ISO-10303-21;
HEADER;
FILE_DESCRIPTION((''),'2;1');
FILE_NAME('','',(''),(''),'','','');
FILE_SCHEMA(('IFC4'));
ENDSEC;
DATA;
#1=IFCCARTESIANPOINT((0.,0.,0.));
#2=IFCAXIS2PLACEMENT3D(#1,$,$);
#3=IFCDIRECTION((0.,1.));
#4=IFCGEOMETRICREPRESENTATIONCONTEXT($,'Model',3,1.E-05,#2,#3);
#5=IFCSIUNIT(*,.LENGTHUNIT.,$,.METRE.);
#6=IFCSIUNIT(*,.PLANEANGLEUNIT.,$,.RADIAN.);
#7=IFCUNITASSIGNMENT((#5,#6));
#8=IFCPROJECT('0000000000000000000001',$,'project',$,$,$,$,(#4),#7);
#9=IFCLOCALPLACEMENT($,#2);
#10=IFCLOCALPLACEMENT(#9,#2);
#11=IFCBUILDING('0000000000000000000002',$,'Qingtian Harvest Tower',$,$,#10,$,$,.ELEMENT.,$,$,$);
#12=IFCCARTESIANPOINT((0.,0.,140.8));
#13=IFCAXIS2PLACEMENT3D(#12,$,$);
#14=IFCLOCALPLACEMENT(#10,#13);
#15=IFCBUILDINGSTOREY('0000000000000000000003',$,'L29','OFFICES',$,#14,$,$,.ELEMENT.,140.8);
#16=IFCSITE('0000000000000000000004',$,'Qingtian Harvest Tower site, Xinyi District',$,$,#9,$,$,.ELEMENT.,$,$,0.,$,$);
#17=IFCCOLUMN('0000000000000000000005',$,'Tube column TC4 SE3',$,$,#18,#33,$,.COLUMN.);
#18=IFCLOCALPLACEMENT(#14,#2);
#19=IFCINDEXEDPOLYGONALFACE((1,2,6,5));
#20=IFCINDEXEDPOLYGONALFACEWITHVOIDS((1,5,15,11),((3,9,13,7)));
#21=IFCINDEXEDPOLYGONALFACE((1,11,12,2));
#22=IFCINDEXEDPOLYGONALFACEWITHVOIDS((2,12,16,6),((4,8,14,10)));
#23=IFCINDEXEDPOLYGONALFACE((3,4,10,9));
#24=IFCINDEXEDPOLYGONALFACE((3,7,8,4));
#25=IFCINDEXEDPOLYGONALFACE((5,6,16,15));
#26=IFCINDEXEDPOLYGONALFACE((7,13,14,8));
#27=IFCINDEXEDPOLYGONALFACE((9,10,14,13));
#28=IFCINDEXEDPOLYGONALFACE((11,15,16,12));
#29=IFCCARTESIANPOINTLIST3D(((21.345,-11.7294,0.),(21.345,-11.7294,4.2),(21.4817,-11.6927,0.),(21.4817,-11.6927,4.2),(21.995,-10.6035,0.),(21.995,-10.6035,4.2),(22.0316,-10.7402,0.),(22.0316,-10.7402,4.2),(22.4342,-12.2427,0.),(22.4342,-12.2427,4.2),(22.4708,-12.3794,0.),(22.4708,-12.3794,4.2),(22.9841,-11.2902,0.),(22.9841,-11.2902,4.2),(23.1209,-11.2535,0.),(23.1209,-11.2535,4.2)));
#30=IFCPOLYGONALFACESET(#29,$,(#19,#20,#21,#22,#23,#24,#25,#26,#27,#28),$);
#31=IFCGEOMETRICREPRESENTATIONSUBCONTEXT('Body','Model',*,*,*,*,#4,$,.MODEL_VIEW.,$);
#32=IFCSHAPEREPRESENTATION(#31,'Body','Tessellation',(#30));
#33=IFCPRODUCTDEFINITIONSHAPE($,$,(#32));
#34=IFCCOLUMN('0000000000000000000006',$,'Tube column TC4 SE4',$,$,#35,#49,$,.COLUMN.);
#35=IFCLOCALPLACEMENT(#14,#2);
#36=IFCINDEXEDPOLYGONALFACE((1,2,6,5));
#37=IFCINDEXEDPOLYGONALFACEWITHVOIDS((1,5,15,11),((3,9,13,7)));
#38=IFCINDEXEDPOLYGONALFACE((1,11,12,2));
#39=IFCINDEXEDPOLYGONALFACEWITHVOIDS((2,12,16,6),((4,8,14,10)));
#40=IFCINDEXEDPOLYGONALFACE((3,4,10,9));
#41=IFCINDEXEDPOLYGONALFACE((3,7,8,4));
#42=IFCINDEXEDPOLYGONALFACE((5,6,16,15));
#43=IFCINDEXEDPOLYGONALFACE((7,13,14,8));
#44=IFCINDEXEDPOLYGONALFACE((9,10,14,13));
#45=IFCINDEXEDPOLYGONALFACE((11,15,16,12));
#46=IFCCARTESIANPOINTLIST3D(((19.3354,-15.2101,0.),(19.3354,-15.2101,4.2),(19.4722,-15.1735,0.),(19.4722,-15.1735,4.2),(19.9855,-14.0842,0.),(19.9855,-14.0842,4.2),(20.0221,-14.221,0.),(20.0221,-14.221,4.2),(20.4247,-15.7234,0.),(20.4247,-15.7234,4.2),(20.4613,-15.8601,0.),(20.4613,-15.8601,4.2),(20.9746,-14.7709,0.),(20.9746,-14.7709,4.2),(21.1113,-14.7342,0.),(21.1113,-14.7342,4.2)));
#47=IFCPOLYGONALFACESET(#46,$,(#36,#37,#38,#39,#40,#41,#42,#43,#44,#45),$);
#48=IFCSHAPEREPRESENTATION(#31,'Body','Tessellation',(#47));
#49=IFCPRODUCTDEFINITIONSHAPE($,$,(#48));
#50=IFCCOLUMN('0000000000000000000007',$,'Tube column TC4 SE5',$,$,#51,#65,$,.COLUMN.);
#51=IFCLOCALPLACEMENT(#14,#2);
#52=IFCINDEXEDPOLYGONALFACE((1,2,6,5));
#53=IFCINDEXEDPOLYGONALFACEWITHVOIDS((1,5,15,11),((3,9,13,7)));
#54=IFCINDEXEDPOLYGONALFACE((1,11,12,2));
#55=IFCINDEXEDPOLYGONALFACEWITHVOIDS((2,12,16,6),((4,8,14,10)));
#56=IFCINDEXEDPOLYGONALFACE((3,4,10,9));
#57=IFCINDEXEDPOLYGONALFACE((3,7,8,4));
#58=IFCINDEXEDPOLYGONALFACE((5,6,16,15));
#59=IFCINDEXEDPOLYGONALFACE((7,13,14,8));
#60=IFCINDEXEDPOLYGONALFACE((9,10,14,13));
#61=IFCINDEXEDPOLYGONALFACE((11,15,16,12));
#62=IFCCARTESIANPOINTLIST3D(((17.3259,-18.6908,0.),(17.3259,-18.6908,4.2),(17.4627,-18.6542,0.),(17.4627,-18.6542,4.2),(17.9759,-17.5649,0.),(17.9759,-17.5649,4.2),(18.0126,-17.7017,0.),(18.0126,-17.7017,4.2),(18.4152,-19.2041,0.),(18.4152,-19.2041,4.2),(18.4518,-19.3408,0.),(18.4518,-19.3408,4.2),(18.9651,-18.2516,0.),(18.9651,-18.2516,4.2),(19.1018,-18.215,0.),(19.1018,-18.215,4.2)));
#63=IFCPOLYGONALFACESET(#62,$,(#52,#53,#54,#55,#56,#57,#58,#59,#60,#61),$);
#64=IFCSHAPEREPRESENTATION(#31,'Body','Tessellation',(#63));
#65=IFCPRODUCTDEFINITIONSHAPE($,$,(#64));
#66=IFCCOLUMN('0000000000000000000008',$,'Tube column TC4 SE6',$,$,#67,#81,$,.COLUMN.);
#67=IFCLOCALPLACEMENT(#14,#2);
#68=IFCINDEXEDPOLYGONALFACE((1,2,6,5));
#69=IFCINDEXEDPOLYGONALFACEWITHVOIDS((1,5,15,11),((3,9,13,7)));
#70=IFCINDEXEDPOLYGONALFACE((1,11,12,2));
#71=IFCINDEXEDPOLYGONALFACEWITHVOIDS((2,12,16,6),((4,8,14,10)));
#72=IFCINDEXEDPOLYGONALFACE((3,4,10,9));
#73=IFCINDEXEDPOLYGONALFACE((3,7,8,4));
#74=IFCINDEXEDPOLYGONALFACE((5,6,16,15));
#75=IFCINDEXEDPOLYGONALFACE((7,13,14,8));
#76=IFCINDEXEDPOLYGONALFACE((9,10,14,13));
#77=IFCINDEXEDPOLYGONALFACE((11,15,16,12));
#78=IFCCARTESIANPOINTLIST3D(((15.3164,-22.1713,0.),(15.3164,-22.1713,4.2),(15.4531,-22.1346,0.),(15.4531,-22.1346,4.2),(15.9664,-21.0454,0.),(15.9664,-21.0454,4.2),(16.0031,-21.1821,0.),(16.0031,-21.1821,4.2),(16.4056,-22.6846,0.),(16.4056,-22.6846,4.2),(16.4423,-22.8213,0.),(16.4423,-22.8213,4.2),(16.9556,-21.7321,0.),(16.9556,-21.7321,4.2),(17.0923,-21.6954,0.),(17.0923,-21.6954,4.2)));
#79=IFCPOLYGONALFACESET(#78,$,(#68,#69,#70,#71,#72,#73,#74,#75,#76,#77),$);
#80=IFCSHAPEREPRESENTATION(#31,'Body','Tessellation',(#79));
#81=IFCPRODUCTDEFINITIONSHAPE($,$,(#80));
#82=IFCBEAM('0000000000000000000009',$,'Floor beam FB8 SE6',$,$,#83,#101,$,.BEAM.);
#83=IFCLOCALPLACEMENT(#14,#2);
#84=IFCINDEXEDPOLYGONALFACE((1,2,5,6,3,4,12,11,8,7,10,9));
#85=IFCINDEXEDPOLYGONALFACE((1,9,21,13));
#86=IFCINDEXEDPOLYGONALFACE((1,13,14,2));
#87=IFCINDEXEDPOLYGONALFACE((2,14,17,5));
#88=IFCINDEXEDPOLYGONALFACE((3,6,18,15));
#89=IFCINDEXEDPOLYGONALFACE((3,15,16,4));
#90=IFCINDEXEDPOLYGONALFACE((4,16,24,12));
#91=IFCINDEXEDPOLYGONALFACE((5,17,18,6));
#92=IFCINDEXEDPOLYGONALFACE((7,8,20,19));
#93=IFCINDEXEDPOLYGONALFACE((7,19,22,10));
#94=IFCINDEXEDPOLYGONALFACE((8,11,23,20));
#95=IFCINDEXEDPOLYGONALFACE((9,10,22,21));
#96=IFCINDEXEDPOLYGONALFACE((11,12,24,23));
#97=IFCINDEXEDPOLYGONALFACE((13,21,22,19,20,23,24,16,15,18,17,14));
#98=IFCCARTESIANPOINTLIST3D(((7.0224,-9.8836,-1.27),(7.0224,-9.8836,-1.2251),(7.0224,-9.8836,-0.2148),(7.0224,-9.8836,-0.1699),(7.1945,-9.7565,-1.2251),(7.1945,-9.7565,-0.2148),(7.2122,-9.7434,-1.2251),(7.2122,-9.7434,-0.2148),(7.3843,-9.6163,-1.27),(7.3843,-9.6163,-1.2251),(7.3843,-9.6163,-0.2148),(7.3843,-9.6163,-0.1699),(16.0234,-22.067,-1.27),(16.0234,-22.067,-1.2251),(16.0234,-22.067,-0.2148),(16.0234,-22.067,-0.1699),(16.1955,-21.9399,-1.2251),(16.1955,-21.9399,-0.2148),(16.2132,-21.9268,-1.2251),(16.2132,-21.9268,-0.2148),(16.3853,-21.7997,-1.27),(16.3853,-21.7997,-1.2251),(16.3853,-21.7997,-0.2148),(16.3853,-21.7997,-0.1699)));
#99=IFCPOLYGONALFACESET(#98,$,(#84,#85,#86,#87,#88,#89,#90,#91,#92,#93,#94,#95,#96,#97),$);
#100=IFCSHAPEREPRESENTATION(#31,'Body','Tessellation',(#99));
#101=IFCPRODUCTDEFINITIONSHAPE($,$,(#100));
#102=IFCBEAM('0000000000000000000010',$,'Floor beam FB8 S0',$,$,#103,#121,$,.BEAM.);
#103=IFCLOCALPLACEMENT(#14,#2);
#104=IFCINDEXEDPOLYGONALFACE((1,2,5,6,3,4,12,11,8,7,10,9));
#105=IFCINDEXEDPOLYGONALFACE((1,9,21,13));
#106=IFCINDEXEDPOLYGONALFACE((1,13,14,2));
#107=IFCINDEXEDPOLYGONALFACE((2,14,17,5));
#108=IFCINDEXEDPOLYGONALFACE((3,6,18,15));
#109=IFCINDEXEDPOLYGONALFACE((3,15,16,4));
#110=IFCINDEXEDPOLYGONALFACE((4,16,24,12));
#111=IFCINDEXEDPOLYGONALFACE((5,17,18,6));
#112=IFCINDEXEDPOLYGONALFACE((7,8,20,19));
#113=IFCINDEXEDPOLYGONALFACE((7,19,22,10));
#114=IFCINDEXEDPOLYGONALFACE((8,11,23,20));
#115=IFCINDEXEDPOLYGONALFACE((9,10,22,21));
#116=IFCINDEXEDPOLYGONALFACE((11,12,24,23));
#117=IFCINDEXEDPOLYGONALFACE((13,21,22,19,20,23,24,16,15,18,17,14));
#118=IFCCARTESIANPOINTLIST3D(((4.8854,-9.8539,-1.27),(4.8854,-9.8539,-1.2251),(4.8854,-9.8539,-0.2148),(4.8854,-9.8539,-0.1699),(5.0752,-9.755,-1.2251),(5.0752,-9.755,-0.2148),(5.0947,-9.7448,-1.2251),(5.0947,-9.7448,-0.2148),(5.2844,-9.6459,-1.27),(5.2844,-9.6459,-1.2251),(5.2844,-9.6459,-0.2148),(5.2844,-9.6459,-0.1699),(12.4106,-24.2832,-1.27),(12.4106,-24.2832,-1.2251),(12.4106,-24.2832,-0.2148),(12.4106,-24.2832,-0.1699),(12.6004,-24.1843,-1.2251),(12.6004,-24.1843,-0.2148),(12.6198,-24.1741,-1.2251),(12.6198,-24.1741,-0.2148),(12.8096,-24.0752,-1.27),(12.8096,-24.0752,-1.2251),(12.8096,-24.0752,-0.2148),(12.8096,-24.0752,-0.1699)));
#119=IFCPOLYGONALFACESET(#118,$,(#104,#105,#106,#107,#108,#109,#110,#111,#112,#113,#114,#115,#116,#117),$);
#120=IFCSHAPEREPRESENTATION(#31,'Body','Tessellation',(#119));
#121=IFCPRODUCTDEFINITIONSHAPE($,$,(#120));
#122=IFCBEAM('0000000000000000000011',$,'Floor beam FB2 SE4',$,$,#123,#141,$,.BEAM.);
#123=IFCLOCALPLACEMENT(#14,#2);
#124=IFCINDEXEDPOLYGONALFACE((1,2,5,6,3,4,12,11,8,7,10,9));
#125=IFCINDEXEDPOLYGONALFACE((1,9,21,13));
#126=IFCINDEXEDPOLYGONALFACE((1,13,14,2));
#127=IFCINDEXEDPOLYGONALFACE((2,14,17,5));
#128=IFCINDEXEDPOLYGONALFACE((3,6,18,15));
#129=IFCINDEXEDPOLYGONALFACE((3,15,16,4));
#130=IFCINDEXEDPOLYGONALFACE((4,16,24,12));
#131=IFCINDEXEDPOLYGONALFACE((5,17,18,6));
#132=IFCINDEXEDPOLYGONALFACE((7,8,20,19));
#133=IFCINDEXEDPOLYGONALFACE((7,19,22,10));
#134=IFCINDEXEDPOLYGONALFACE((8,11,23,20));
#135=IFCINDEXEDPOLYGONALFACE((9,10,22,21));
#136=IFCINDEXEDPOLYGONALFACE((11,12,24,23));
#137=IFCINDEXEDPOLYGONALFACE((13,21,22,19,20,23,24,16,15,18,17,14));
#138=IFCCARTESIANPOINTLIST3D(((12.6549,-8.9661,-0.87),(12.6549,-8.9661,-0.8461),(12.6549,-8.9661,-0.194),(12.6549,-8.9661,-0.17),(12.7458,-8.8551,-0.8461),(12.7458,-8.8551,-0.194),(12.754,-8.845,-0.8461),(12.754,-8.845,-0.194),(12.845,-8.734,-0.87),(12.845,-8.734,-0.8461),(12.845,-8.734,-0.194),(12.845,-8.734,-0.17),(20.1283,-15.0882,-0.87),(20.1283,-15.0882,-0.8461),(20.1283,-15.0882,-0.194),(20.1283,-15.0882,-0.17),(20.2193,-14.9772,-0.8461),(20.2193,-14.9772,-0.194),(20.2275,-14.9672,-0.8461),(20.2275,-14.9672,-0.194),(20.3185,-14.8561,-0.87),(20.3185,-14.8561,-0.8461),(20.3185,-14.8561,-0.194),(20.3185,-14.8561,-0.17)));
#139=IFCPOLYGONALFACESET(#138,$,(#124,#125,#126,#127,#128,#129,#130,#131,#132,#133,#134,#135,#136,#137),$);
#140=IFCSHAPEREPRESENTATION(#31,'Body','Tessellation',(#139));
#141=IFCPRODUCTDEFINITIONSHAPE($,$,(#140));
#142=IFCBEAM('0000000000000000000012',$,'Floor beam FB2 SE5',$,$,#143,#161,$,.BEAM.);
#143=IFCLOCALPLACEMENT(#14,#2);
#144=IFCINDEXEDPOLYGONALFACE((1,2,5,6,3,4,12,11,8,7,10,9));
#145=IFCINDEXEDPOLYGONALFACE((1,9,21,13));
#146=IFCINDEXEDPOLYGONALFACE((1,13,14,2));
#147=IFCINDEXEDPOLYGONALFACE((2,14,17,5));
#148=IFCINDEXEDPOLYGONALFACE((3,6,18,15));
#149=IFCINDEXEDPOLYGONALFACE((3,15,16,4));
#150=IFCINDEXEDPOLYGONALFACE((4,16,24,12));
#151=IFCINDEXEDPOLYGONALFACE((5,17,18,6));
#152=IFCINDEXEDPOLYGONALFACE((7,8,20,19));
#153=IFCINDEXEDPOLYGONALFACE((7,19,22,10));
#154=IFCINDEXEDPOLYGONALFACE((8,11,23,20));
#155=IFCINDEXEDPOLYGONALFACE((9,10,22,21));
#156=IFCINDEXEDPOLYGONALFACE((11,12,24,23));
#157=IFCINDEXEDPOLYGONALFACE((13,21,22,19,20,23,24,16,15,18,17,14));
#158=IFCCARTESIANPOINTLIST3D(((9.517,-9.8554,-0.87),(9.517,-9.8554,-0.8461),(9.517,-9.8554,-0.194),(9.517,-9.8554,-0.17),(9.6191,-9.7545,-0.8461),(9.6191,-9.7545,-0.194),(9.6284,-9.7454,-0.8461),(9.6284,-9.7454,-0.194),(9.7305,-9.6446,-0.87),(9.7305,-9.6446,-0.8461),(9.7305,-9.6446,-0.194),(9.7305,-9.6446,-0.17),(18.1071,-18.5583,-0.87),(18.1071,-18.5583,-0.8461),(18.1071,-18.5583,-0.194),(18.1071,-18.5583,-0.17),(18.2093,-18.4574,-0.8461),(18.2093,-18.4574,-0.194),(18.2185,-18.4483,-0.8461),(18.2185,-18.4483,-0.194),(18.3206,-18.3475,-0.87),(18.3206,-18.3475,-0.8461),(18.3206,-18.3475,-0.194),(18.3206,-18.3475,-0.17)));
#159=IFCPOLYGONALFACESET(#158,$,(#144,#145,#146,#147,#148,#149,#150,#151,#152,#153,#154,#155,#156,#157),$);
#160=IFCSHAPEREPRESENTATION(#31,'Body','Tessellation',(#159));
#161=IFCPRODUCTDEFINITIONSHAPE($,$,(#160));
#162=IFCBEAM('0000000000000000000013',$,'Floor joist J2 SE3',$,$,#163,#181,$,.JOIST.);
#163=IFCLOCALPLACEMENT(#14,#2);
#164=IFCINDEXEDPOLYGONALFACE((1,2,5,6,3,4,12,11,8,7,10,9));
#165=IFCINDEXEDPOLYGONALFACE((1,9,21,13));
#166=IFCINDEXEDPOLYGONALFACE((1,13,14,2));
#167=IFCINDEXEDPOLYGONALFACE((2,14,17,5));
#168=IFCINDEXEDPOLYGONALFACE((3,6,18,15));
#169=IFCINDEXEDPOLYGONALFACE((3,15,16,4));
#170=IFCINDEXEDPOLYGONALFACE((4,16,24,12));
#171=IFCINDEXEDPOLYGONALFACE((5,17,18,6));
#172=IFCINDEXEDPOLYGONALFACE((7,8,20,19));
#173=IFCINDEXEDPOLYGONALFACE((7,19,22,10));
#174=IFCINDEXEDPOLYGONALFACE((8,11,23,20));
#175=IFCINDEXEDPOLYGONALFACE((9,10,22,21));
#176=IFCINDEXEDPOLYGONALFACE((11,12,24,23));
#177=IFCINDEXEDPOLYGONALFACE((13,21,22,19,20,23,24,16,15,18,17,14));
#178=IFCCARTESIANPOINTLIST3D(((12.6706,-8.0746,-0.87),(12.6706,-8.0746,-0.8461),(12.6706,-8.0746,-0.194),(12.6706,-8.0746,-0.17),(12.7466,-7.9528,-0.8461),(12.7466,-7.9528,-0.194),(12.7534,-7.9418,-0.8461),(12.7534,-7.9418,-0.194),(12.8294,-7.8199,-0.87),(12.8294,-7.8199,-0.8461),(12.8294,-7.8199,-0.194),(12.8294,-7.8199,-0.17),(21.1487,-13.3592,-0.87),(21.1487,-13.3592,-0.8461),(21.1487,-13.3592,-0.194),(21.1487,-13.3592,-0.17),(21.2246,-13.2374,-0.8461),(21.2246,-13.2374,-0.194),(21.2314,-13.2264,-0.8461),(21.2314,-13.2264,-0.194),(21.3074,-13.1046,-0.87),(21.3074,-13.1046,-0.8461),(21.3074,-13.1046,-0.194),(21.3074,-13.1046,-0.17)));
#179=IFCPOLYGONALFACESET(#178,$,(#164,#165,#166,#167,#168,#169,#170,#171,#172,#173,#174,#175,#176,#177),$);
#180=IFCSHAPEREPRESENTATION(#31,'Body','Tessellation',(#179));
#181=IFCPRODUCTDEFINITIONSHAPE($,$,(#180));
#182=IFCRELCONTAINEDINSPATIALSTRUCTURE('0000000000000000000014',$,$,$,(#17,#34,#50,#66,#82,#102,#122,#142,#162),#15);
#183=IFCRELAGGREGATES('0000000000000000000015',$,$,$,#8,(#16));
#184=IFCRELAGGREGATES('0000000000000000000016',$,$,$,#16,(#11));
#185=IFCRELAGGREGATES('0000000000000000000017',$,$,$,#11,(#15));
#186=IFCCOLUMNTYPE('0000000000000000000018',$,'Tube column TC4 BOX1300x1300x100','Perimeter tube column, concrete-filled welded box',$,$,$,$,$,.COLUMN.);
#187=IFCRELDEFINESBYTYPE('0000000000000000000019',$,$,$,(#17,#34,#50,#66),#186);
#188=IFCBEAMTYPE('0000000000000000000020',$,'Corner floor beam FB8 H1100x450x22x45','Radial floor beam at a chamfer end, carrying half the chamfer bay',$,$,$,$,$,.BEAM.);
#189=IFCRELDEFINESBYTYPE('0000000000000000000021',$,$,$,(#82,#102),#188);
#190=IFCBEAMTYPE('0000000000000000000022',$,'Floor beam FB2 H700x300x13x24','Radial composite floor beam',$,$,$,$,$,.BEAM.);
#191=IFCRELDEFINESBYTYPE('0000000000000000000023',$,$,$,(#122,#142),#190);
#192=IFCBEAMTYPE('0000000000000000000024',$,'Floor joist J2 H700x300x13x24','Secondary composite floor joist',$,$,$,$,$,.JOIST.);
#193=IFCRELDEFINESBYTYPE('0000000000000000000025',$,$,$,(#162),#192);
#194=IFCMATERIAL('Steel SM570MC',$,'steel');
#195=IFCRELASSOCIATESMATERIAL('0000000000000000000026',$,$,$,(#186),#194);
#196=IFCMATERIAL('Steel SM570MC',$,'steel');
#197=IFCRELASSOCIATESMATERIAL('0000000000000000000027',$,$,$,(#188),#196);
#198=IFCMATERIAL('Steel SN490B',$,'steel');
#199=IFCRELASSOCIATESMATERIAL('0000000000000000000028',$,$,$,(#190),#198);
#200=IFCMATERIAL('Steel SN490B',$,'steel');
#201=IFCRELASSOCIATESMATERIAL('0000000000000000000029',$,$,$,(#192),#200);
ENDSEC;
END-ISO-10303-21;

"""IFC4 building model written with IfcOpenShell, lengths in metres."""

from ifc_helpers import new_model, si_unit, direction, frame, origin, origin_2d, place, context, subcontext, project, spatial, hollow_rectangle, i_section, extrude, material, material_profile, profile_set, type_object, element, save


model = new_model("IFC4")

# Units and contexts
model_context = context("Model", 3, precision=1e-05, world=origin(), true_north=direction((0.0, 1.0)))
body_context = subcontext(model_context, "Body", "Model", "MODEL_VIEW")
ifc_project = project(units=[si_unit("LENGTHUNIT", "METRE"), si_unit("PLANEANGLEUNIT", "RADIAN")], contexts=[model_context])

# Site, building, storey
site_placement = place(None, origin())
site = spatial("IfcSite", under=ifc_project, at=site_placement, Name="Qingtian Harvest Tower site, Xinyi District", CompositionType="ELEMENT", RefElevation=0.0)
building_placement = place(site_placement, origin())
building = spatial("IfcBuilding", under=site, at=building_placement, Name="Qingtian Harvest Tower", CompositionType="ELEMENT")
storey_placement = place(building_placement, frame((0.0, 0.0, 140.8)))
storey = spatial("IfcBuildingStorey", under=building, at=storey_placement, Name="L29", Description="OFFICES", CompositionType="ELEMENT", Elevation=140.8)

# Columns
ifc_material_1 = material(Name="Steel SM570MC", Category="steel")
ifc_material_profile_1 = material_profile(ifc_material_1, hollow_rectangle(XDim=1.3, YDim=1.3, WallThickness=0.1001, at=origin_2d()), Name="BOX1300x1300x100")
ifc_profile_set_1 = profile_set([ifc_material_profile_1], Name="Steel SM570MC")
column_type = type_object("IfcColumnType", Name="Tube column TC4 BOX1300x1300x100", Description="Perimeter tube column, concrete-filled welded box", PredefinedType="COLUMN", material=ifc_profile_set_1)
for number, where, z_axis, x_axis, name in (
    (1, (22.2329, -11.4915, 0.0), (0.0, 0.0, 1.0), (0.5, 0.866025, 0.0), "Tube column TC4 SE3"),
    (2, (20.2234, -14.9722, 0.0), (0.0, 0.0, 1.0), (0.5, 0.866025, 0.0), "Tube column TC4 SE4"),
    (3, (18.2139, -18.4529, 0.0), (0.0, 0.0, 1.0), (0.5, 0.866025, 0.0), "Tube column TC4 SE5"),
    (4, (16.2043, -21.9333, 0.0), (0.0, 0.0, 1.0), (0.5, 0.866025, 0.0), "Tube column TC4 SE6"),
):
    element("IfcColumn", number, at=place(storey_placement, frame(where, z_axis=z_axis, x_axis=x_axis)), inside=storey, type_object=column_type, Name=name, PredefinedType="COLUMN", context=body_context, shape_type="SweptSolid", body=[
        extrude(hollow_rectangle(XDim=1.3, YDim=1.3, WallThickness=0.1001, at=origin_2d()), origin(), (0.0, 0.0, 1.0), 4.2),
    ])

# Beams
ifc_material_2 = material(Name="Steel SM570MC", Category="steel")
ifc_material_profile_2 = material_profile(ifc_material_2, i_section(OverallWidth=0.45, OverallDepth=1.1001, WebThickness=0.022, FlangeThickness=0.0449, at=origin_2d()), Name="H1100x450x22x45")
ifc_profile_set_2 = profile_set([ifc_material_profile_2], Name="Steel SM570MC")
beam_type_1 = type_object("IfcBeamType", Name="Corner floor beam FB8 H1100x450x22x45", Description="Radial floor beam at a chamfer end, carrying half the chamfer bay", PredefinedType="BEAM", material=ifc_profile_set_2)
beam_1_placement = place(storey_placement, frame((16.2043, -21.9333, -0.72), z_axis=(-0.594216, 0.804306, 0.0), x_axis=(-0.804306, -0.594216, 0.0)))
element("IfcBeam", 5, at=beam_1_placement, inside=storey, type_object=beam_type_1, Name="Floor beam FB8 SE6", PredefinedType="BEAM", context=body_context, shape_type="SweptSolid", body=[
    extrude(i_section(OverallWidth=0.45, OverallDepth=1.1001, WebThickness=0.022, FlangeThickness=0.0449, at=origin_2d()), origin(), (0.0, 0.0, 1.0), 15.1477),
])
beam_2_placement = place(storey_placement, frame((12.6101, -24.1792, -0.72), z_axis=(-0.462415, 0.886664, 0.0), x_axis=(-0.886664, -0.462415, 0.0)))
element("IfcBeam", 6, at=beam_2_placement, inside=storey, type_object=beam_type_1, Name="Floor beam FB8 S0", PredefinedType="BEAM", context=body_context, shape_type="SweptSolid", body=[
    extrude(i_section(OverallWidth=0.45, OverallDepth=1.1001, WebThickness=0.022, FlangeThickness=0.0449, at=origin_2d()), origin(), (0.0, 0.0, 1.0), 16.2737),
])
ifc_material_3 = material(Name="Steel SN490B", Category="steel")
ifc_material_profile_3 = material_profile(ifc_material_3, i_section(OverallWidth=0.3, OverallDepth=0.7, WebThickness=0.0129, FlangeThickness=0.0239, at=origin_2d()), Name="H700x300x13x24")
ifc_profile_set_3 = profile_set([ifc_material_profile_3], Name="Steel SN490B")
beam_type_2 = type_object("IfcBeamType", Name="Floor beam FB2 H700x300x13x24", Description="Radial composite floor beam", PredefinedType="BEAM", material=ifc_profile_set_3)
beam_3_placement = place(storey_placement, frame((20.2234, -14.9722, -0.52), z_axis=(-0.773578, 0.633701, 0.0), x_axis=(-0.633701, -0.773578, 0.0)))
element("IfcBeam", 7, at=beam_3_placement, inside=storey, type_object=beam_type_2, Name="Floor beam FB2 SE4", PredefinedType="BEAM", context=body_context, shape_type="SweptSolid", body=[
    extrude(i_section(OverallWidth=0.3, OverallDepth=0.7, WebThickness=0.0129, FlangeThickness=0.0239, at=origin_2d()), origin(), (0.0, 0.0, 1.0), 9.6609),
])
beam_4_placement = place(storey_placement, frame((18.2139, -18.4529, -0.52), z_axis=(-0.70248, 0.711704, 0.0), x_axis=(-0.711704, -0.70248, 0.0)))
element("IfcBeam", 8, at=beam_4_placement, inside=storey, type_object=beam_type_2, Name="Floor beam FB2 SE5", PredefinedType="BEAM", context=body_context, shape_type="SweptSolid", body=[
    extrude(i_section(OverallWidth=0.3, OverallDepth=0.7, WebThickness=0.0129, FlangeThickness=0.0239, at=origin_2d()), origin(), (0.0, 0.0, 1.0), 12.2283),
])
ifc_material_4 = material(Name="Steel SN490B", Category="steel")
ifc_material_profile_4 = material_profile(ifc_material_4, i_section(OverallWidth=0.3, OverallDepth=0.7, WebThickness=0.0129, FlangeThickness=0.0239, at=origin_2d()), Name="H700x300x13x24")
ifc_profile_set_4 = profile_set([ifc_material_profile_4], Name="Steel SN490B")
beam_type_3 = type_object("IfcBeamType", Name="Floor joist J2 H700x300x13x24", Description="Secondary composite floor joist", PredefinedType="JOIST", material=ifc_profile_set_4)
beam_5_placement = place(storey_placement, frame((21.228, -13.2319, -0.52), z_axis=(-0.848632, 0.528984, 0.0), x_axis=(-0.528984, -0.848632, 0.0)))
element("IfcBeam", 9, at=beam_5_placement, inside=storey, type_object=beam_type_3, Name="Floor joist J2 SE3", PredefinedType="JOIST", context=body_context, shape_type="SweptSolid", body=[
    extrude(i_section(OverallWidth=0.3, OverallDepth=0.7, WebThickness=0.0129, FlangeThickness=0.0239, at=origin_2d()), origin(), (0.0, 0.0, 1.0), 9.9902),
])

save(model, "model.ifc")
